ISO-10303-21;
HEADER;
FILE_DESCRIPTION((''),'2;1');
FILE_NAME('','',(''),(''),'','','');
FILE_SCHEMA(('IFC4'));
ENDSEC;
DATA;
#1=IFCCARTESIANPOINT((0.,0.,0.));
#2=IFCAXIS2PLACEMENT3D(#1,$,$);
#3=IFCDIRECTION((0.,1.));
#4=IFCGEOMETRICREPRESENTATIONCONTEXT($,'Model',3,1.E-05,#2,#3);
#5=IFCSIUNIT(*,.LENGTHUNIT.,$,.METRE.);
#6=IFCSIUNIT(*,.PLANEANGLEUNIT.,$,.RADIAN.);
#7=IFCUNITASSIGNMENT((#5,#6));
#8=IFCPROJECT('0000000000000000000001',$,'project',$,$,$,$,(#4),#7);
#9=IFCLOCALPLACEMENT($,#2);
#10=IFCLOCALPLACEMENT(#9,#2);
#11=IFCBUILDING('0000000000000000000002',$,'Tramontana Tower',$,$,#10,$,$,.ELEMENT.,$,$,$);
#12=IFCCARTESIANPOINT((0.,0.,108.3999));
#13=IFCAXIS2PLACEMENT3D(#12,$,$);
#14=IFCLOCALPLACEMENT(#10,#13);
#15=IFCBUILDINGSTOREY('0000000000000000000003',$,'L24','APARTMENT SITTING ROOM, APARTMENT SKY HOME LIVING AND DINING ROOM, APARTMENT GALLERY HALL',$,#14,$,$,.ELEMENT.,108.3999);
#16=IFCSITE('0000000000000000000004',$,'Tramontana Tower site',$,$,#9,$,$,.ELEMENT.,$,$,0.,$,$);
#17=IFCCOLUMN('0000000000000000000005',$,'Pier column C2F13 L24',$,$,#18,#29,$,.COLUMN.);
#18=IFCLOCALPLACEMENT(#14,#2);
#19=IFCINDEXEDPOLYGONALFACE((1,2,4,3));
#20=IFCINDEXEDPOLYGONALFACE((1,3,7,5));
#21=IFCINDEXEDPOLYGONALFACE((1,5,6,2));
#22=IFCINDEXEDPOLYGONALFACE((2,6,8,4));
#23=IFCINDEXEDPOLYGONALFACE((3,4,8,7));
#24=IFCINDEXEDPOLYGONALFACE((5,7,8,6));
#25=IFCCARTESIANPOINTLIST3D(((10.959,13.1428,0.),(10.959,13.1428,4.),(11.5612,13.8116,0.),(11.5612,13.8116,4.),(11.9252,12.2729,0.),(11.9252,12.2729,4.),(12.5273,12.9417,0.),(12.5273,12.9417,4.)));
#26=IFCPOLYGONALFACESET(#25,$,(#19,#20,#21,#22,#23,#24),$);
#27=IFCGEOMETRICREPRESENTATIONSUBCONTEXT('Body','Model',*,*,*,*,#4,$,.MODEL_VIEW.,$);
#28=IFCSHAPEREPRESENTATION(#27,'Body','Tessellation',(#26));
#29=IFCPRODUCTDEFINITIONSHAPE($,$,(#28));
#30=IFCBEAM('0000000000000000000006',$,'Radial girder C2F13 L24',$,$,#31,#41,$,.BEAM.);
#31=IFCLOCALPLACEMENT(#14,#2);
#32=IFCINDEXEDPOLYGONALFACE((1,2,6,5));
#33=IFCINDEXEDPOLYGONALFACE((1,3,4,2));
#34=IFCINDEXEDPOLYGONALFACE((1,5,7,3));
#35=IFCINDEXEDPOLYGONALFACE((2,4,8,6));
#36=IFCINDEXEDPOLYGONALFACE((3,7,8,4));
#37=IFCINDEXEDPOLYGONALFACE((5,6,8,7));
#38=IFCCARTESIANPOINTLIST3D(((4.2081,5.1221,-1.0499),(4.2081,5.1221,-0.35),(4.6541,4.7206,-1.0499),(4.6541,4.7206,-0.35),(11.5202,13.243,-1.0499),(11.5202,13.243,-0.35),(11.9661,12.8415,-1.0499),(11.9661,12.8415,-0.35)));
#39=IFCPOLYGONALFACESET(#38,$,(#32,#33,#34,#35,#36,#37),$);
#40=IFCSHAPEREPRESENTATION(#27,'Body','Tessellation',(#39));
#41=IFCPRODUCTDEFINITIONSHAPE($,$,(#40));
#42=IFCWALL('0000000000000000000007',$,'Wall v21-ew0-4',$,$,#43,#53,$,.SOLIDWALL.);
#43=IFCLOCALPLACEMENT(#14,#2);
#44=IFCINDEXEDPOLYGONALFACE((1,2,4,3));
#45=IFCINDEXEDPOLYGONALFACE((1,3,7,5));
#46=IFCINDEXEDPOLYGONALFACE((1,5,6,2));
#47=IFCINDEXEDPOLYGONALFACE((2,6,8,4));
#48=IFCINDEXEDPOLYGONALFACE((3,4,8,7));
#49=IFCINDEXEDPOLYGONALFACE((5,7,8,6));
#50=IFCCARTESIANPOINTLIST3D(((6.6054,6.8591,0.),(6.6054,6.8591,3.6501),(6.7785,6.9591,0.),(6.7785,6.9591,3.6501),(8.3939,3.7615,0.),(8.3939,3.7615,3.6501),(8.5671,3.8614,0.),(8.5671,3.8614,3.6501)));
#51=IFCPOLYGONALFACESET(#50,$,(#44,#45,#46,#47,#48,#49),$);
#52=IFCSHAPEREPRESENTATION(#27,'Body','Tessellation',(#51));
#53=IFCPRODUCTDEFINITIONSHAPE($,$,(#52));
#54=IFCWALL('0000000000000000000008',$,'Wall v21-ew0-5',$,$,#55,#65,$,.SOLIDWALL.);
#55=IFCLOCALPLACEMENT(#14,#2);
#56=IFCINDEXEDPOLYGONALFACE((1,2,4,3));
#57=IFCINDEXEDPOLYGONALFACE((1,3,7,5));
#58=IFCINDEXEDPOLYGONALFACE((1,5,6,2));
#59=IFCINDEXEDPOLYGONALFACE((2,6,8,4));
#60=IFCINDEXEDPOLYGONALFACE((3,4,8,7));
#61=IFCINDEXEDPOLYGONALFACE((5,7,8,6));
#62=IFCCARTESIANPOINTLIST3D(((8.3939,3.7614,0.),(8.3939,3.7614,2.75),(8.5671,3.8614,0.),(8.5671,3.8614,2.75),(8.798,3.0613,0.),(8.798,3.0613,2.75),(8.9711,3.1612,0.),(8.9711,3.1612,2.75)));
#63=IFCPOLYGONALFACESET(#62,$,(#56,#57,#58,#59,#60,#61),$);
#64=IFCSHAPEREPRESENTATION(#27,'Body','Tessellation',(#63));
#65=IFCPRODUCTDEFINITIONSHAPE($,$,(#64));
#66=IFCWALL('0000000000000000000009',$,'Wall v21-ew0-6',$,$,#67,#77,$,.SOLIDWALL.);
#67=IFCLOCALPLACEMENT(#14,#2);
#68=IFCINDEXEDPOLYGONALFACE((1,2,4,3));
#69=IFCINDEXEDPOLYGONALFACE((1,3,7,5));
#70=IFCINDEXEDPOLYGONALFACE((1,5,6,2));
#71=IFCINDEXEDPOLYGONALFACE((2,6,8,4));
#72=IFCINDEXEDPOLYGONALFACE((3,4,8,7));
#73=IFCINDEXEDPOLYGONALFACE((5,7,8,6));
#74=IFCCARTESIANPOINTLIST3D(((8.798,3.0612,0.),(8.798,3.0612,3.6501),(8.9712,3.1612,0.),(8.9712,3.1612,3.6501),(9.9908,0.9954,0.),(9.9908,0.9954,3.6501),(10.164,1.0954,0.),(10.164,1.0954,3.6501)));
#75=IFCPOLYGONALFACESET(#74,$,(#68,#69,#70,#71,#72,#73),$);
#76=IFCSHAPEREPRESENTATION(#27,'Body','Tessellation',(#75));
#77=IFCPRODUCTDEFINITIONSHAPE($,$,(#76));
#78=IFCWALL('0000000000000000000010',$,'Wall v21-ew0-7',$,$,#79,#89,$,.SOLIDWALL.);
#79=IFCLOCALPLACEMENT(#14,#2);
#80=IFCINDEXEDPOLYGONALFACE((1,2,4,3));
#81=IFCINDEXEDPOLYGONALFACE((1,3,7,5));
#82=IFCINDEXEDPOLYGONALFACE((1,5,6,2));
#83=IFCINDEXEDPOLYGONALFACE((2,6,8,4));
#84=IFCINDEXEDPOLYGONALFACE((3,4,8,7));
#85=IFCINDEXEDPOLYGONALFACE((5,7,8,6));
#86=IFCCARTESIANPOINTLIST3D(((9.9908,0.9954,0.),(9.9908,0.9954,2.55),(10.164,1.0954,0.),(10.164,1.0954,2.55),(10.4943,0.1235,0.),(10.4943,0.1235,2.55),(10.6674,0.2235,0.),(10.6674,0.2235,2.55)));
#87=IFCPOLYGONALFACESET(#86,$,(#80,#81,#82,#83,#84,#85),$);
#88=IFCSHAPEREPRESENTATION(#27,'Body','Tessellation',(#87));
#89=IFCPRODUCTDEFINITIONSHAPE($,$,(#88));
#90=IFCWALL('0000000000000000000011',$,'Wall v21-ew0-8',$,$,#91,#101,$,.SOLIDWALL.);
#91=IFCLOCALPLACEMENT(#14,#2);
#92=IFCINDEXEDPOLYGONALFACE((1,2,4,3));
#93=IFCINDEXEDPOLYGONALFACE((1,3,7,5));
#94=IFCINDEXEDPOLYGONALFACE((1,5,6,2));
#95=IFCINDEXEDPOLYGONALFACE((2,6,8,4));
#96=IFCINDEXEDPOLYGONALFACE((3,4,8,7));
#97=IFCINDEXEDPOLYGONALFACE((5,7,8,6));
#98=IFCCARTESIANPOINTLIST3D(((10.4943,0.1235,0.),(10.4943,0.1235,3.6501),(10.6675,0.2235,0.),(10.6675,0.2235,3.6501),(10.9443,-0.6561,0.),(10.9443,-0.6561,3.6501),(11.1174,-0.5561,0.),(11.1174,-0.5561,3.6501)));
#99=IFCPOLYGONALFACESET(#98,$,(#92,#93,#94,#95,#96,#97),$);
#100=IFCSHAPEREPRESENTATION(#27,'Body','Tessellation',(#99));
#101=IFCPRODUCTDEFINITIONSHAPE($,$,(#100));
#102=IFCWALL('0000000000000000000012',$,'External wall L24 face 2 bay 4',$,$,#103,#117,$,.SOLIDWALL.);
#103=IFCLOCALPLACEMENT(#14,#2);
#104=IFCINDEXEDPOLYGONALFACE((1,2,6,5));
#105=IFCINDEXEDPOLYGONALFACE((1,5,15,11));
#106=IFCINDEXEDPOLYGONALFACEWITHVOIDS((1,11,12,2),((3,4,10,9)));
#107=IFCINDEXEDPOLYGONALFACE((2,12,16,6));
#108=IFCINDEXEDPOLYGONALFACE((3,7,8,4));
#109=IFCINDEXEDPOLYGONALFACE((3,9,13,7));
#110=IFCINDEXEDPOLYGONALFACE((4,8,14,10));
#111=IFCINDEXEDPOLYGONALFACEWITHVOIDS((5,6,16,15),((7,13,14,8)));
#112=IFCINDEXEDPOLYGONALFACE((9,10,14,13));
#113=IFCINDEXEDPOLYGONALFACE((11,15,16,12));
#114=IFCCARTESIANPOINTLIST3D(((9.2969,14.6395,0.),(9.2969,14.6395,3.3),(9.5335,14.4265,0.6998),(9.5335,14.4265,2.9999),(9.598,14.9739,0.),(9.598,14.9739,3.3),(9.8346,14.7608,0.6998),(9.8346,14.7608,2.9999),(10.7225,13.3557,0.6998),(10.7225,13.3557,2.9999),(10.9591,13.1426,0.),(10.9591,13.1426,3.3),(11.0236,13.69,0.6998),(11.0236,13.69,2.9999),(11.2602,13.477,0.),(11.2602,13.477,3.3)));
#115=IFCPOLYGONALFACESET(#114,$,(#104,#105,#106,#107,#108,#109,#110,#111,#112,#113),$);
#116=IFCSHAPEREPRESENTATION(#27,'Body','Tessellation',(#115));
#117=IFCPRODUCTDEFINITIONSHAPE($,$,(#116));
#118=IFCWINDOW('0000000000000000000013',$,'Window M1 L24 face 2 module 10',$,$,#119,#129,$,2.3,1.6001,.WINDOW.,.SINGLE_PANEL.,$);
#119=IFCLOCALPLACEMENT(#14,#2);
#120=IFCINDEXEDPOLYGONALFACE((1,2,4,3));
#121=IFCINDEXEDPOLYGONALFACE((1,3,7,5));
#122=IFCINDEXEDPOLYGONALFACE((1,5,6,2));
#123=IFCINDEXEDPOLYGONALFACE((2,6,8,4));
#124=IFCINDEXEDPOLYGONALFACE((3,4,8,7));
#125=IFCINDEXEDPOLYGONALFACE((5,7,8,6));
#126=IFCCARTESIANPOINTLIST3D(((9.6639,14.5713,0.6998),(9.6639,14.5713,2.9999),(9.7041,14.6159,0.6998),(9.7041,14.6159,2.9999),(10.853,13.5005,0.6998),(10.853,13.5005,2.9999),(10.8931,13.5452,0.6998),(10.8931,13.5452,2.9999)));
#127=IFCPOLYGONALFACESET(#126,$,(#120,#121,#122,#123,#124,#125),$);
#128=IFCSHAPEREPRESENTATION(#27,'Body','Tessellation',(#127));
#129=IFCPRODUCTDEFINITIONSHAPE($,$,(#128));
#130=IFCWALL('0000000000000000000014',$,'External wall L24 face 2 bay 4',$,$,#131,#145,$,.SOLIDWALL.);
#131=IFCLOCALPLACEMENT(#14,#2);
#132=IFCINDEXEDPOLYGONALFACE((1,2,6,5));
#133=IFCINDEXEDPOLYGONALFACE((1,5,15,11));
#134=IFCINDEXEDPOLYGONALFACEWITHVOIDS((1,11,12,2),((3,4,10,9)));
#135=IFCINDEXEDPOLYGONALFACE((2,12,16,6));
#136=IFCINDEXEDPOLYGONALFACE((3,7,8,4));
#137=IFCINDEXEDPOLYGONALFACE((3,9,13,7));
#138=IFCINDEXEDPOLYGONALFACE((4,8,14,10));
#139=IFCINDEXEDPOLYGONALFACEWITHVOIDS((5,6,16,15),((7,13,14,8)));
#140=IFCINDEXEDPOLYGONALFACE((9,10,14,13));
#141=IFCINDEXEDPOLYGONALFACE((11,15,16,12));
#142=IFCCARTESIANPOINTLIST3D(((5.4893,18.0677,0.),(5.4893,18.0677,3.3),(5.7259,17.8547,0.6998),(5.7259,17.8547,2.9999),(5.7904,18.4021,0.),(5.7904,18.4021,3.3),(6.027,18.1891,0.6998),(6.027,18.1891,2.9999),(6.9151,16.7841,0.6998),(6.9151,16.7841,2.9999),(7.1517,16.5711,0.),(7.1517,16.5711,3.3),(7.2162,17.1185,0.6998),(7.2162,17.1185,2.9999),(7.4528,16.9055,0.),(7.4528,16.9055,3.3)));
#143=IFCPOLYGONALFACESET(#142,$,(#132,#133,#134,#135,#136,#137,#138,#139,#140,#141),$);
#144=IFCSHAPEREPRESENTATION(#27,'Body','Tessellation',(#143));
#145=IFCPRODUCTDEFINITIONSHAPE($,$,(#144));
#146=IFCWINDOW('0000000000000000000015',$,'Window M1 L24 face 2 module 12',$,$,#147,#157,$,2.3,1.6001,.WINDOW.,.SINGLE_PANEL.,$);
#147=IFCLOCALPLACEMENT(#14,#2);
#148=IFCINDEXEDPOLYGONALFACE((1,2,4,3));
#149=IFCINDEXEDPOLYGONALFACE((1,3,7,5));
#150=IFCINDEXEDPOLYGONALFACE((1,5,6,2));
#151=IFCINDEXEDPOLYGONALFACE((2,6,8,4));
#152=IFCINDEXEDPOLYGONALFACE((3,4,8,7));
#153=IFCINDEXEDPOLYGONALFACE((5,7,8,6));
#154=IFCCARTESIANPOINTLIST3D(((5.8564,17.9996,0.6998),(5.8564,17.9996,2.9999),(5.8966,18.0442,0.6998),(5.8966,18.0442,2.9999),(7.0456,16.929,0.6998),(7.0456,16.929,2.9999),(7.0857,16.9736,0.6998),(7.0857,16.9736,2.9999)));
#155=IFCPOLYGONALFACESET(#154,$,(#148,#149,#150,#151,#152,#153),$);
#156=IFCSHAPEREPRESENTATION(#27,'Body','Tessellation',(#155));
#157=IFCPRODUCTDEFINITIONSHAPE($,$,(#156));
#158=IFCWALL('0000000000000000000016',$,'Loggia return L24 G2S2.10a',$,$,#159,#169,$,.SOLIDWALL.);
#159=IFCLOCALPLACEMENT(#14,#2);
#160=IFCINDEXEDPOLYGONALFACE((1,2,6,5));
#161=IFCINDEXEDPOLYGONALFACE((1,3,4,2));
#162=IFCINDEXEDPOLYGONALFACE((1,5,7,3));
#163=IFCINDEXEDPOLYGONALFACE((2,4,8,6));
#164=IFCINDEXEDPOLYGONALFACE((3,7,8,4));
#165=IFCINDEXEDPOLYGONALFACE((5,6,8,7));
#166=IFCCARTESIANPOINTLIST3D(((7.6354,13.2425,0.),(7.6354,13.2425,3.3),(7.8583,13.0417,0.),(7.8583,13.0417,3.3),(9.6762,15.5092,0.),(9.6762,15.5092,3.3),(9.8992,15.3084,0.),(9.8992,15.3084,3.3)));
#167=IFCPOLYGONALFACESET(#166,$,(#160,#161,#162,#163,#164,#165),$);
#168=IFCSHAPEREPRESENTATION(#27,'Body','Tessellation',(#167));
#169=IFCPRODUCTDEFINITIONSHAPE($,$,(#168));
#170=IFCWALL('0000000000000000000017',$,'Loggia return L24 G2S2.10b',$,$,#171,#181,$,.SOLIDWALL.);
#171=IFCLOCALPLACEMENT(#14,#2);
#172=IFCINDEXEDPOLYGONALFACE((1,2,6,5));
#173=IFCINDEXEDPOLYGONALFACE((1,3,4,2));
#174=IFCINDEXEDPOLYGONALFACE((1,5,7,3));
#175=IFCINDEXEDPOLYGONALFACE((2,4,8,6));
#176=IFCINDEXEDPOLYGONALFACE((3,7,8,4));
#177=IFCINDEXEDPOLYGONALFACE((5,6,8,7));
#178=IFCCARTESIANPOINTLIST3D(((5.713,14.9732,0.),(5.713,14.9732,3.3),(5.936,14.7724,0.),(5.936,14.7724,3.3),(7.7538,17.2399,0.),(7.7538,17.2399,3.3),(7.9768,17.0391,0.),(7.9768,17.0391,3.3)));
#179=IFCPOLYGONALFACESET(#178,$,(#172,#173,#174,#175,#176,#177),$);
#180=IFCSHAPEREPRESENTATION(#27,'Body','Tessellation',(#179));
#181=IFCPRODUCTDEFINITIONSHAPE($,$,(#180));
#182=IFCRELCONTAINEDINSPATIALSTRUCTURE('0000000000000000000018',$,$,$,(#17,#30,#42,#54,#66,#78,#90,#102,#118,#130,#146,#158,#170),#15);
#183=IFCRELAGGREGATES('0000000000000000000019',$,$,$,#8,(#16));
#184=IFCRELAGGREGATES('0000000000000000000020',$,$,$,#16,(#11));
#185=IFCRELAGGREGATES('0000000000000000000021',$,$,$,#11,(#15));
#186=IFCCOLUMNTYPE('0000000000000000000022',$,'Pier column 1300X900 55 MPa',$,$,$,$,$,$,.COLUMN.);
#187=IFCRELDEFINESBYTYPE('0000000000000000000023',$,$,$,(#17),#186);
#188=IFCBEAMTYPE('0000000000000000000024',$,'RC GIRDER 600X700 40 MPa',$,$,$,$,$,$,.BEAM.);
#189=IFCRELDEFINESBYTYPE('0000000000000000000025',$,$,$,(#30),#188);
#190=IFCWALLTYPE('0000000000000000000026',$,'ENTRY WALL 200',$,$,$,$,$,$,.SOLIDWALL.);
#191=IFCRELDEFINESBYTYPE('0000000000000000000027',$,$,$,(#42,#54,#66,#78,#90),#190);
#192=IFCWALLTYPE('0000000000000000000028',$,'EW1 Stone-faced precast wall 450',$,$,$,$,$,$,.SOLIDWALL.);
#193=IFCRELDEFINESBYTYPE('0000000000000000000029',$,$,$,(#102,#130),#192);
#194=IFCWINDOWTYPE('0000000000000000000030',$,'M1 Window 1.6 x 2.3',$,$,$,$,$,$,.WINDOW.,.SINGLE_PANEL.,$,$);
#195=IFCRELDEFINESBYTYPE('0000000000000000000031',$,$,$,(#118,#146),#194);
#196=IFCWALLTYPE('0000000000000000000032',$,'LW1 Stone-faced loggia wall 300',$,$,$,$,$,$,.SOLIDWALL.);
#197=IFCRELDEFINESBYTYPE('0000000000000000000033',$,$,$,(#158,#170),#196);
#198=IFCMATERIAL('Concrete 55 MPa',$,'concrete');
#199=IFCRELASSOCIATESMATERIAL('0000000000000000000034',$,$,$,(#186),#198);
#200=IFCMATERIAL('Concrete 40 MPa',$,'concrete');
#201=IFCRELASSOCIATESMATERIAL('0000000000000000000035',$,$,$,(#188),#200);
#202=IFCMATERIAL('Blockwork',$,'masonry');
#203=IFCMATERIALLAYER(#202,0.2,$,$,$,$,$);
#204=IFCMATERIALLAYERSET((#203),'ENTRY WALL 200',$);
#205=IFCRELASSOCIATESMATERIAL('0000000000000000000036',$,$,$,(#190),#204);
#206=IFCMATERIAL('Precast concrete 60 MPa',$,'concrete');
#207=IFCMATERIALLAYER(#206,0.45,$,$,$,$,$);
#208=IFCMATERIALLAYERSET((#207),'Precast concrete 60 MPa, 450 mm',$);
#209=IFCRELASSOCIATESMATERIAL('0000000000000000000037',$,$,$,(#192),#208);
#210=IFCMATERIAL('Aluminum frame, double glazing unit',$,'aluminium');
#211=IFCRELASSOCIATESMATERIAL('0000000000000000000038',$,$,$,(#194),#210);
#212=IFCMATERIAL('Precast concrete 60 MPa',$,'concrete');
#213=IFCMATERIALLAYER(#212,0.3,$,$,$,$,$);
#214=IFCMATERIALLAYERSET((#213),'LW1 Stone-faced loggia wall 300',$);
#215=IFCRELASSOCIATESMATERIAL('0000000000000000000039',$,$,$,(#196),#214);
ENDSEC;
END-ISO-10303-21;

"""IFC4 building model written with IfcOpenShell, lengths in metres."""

from ifc_helpers import new_model, si_unit, direction, frame, frame_2d, origin, origin_2d, place, context, subcontext, project, spatial, rectangle, extrude, material, layer, layer_set, material_profile, profile_set, type_object, element, fill, save


model = new_model("IFC4")

# Units and contexts
model_context = context("Model", 3, precision=1e-05, world=origin(), true_north=direction((0.0, 1.0)))
body_context = subcontext(model_context, "Body", "Model", "MODEL_VIEW")
ifc_project = project(units=[si_unit("LENGTHUNIT", "METRE"), si_unit("PLANEANGLEUNIT", "RADIAN")], contexts=[model_context])

# Site, building, storey
site_placement = place(None, origin())
site = spatial("IfcSite", under=ifc_project, at=site_placement, Name="Tramontana Tower site", CompositionType="ELEMENT", RefElevation=0.0)
building_placement = place(site_placement, origin())
building = spatial("IfcBuilding", under=site, at=building_placement, Name="Tramontana Tower", CompositionType="ELEMENT")
storey_placement = place(building_placement, frame((0.0, 0.0, 108.3999)))
storey = spatial("IfcBuildingStorey", under=building, at=storey_placement, Name="L24", Description="APARTMENT SITTING ROOM, APARTMENT SKY HOME LIVING AND DINING ROOM, APARTMENT GALLERY HALL", CompositionType="ELEMENT", Elevation=108.3999)

# Column
ifc_material_1 = material(Name="Concrete 55 MPa", Category="concrete")
ifc_material_profile_1 = material_profile(ifc_material_1, rectangle(XDim=1.3, YDim=0.8999, at=origin_2d()), Name="Pier column 1300X900 55 MPa")
ifc_profile_set_1 = profile_set([ifc_material_profile_1], Name="Concrete 55 MPa")
column_type = type_object("IfcColumnType", Name="Pier column 1300X900 55 MPa", PredefinedType="COLUMN", material=ifc_profile_set_1)
column_placement = place(storey_placement, frame((11.7432, 13.0422, 0.0), z_axis=(0.0, 0.0, 1.0), x_axis=(-0.743145, 0.669131, 0.0)))
element("IfcColumn", 1, at=column_placement, inside=storey, type_object=column_type, Name="Pier column C2F13 L24", PredefinedType="COLUMN", context=body_context, shape_type="SweptSolid", body=[
    extrude(rectangle(XDim=1.3, YDim=0.8999, at=origin_2d()), origin(), (0.0, 0.0, 1.0), 4.0),
])

# Beam
ifc_material_2 = material(Name="Concrete 40 MPa", Category="concrete")
ifc_material_profile_2 = material_profile(ifc_material_2, rectangle(XDim=0.6001, YDim=0.7, at=origin_2d()), Name="RC GIRDER 600X700 40 MPa")
ifc_profile_set_2 = profile_set([ifc_material_profile_2], Name="Concrete 40 MPa")
beam_type = type_object("IfcBeamType", Name="RC GIRDER 600X700 40 MPa", PredefinedType="BEAM", material=ifc_profile_set_2)
beam_placement = place(storey_placement, frame((11.7432, 13.0422, -0.7), z_axis=(-0.669129, -0.743146, 0.0), x_axis=(0.743146, -0.669129, 0.0)))
element("IfcBeam", 2, at=beam_placement, inside=storey, type_object=beam_type, Name="Radial girder C2F13 L24", PredefinedType="BEAM", context=body_context, shape_type="SweptSolid", body=[
    extrude(rectangle(XDim=0.6001, YDim=0.7, at=origin_2d()), origin(), (0.0, 0.0, 1.0), 10.9277),
])

# Walls
ifc_material_3 = material(Name="Blockwork", Category="masonry")
ifc_layer_1 = layer(ifc_material_3, 0.2)
ifc_layer_set_1 = layer_set([ifc_layer_1], Name="ENTRY WALL 200")
wall_type_1 = type_object("IfcWallType", Name="ENTRY WALL 200", PredefinedType="SOLIDWALL", material=ifc_layer_set_1)
wall_1_placement = place(storey_placement, frame((6.6919, 6.9092, 0.0), z_axis=(0.0, 0.0, 1.0), x_axis=(0.50003, -0.866008, 0.0)))
element("IfcWall", 3, at=wall_1_placement, inside=storey, type_object=wall_type_1, Name="Wall v21-ew0-4", PredefinedType="SOLIDWALL", context=body_context, shape_type="SweptSolid", body=[
    extrude(rectangle(XDim=3.5769, YDim=0.2, at=frame_2d((1.7886, 0.0))), origin(), (0.0, 0.0, 1.0), 3.6501),
])
wall_2_placement = place(storey_placement, frame((8.4805, 3.8115, 0.0), z_axis=(0.0, 0.0, 1.0), x_axis=(0.49981, -0.866135, 0.0)))
element("IfcWall", 4, at=wall_2_placement, inside=storey, type_object=wall_type_1, Name="Wall v21-ew0-5", PredefinedType="SOLIDWALL", context=body_context, shape_type="SweptSolid", body=[
    extrude(rectangle(XDim=0.8083, YDim=0.2, at=frame_2d((0.4043, 0.0))), origin(), (0.0, 0.0, 1.0), 2.75),
])
wall_3_placement = place(storey_placement, frame((8.8845, 3.1113, 0.0), z_axis=(0.0, 0.0, 1.0), x_axis=(0.500035, -0.866005, 0.0)))
element("IfcWall", 5, at=wall_3_placement, inside=storey, type_object=wall_type_1, Name="Wall v21-ew0-6", PredefinedType="SOLIDWALL", context=body_context, shape_type="SweptSolid", body=[
    extrude(rectangle(XDim=2.3855, YDim=0.2, at=frame_2d((1.1929, 0.0))), origin(), (0.0, 0.0, 1.0), 3.6501),
])
wall_4_placement = place(storey_placement, frame((10.0774, 1.0454, 0.0), z_axis=(0.0, 0.0, 1.0), x_axis=(0.500051, -0.865996, 0.0)))
element("IfcWall", 6, at=wall_4_placement, inside=storey, type_object=wall_type_1, Name="Wall v21-ew0-7", PredefinedType="SOLIDWALL", context=body_context, shape_type="SweptSolid", body=[
    extrude(rectangle(XDim=1.0068, YDim=0.2, at=frame_2d((0.5034, 0.0))), origin(), (0.0, 0.0, 1.0), 2.55),
])
wall_5_placement = place(storey_placement, frame((10.5808, 0.1736, 0.0), z_axis=(0.0, 0.0, 1.0), x_axis=(0.499902, -0.866082, 0.0)))
element("IfcWall", 7, at=wall_5_placement, inside=storey, type_object=wall_type_1, Name="Wall v21-ew0-8", PredefinedType="SOLIDWALL", context=body_context, shape_type="SweptSolid", body=[
    extrude(rectangle(XDim=0.9001, YDim=0.2, at=frame_2d((0.4502, 0.0))), origin(), (0.0, 0.0, 1.0), 3.6501),
])

# Walls, openings, windows
ifc_material_4 = material(Name="Precast concrete 60 MPa", Category="concrete")
ifc_layer_2 = layer(ifc_material_4, 0.45)
ifc_layer_set_2 = layer_set([ifc_layer_2], Name="Precast concrete 60 MPa, 450 mm")
wall_type_2 = type_object("IfcWallType", Name="EW1 Stone-faced precast wall 450", PredefinedType="SOLIDWALL", material=ifc_layer_set_2)
wall_6_placement = place(storey_placement, frame((11.1096, 13.3098, 0.0), z_axis=(0.0, 0.0, 1.0), x_axis=(-0.743088, 0.669194, 0.0)))
wall_6 = element("IfcWall", 8, at=wall_6_placement, inside=storey, type_object=wall_type_2, Name="External wall L24 face 2 bay 4", PredefinedType="SOLIDWALL", context=body_context, shape_type="SweptSolid", body=[
    extrude(rectangle(XDim=2.2368, YDim=0.45, at=frame_2d((1.1184, 0.0))), origin(), (0.0, 0.0, 1.0), 3.3),
])
opening_1_placement = place(wall_6_placement, frame((0.3184, 0.0, 0.7)))
opening_1 = element("IfcOpeningElement", 9, at=opening_1_placement, cuts=wall_6, PredefinedType="OPENING", context=body_context, shape_type="SweptSolid", body=[
    extrude(rectangle(XDim=1.6001, YDim=2.3, at=frame_2d((0.8, 1.1499))), frame((0.0, 0.2349, 0.0), z_axis=(0.0, -1.0, 0.0), x_axis=(1.0, 0.0, 0.0)), (0.0, 0.0, 1.0), 0.47),
])
ifc_material_5 = material(Name="Aluminum frame, double glazing unit", Category="aluminium")
window_type = type_object("IfcWindowType", Name="M1 Window 1.6 x 2.3", PartitioningType="SINGLE_PANEL", PredefinedType="WINDOW", material=ifc_material_5)
window_1_placement = place(opening_1_placement, origin())
window_1 = element("IfcWindow", 10, at=window_1_placement, inside=storey, type_object=window_type, Name="Window M1 L24 face 2 module 10", OverallHeight=2.3, OverallWidth=1.6001, PartitioningType="SINGLE_PANEL", PredefinedType="WINDOW", context=body_context, shape_type="SweptSolid", body=[
    extrude(rectangle(XDim=1.6001, YDim=2.3, at=frame_2d((0.8, 1.1499))), frame((0.0, 0.03, 0.0), z_axis=(0.0, -1.0, 0.0), x_axis=(1.0, 0.0, 0.0)), (0.0, 0.0, 1.0), 0.0601),
])
fill(opening_1, window_1)
wall_7_placement = place(storey_placement, frame((7.3022, 16.7383, 0.0), z_axis=(0.0, 0.0, 1.0), x_axis=(-0.743191, 0.669079, 0.0)))
wall_7 = element("IfcWall", 11, at=wall_7_placement, inside=storey, type_object=wall_type_2, Name="External wall L24 face 2 bay 4", PredefinedType="SOLIDWALL", context=body_context, shape_type="SweptSolid", body=[
    extrude(rectangle(XDim=2.2368, YDim=0.45, at=frame_2d((1.1184, 0.0))), origin(), (0.0, 0.0, 1.0), 3.3),
])
opening_2_placement = place(wall_7_placement, frame((0.3184, 0.0, 0.7)))
opening_2 = element("IfcOpeningElement", 12, at=opening_2_placement, cuts=wall_7, PredefinedType="OPENING", context=body_context, shape_type="SweptSolid", body=[
    extrude(rectangle(XDim=1.6001, YDim=2.3, at=frame_2d((0.8, 1.1499))), frame((0.0, 0.2349, 0.0), z_axis=(0.0, -1.0, 0.0), x_axis=(1.0, 0.0, 0.0)), (0.0, 0.0, 1.0), 0.47),
])
window_2_placement = place(opening_2_placement, origin())
window_2 = element("IfcWindow", 13, at=window_2_placement, inside=storey, type_object=window_type, Name="Window M1 L24 face 2 module 12", OverallHeight=2.3, OverallWidth=1.6001, PartitioningType="SINGLE_PANEL", PredefinedType="WINDOW", context=body_context, shape_type="SweptSolid", body=[
    extrude(rectangle(XDim=1.6001, YDim=2.3, at=frame_2d((0.8, 1.1499))), frame((0.0, 0.03, 0.0), z_axis=(0.0, -1.0, 0.0), x_axis=(1.0, 0.0, 0.0)), (0.0, 0.0, 1.0), 0.0601),
])
fill(opening_2, window_2)

# Shared definitions
ifc_material_6 = material(Name="Precast concrete 60 MPa", Category="concrete")
ifc_layer_3 = layer(ifc_material_6, 0.3)
ifc_layer_set_3 = layer_set([ifc_layer_3], Name="LW1 Stone-faced loggia wall 300")
wall_type_3 = type_object("IfcWallType", Name="LW1 Stone-faced loggia wall 300", PredefinedType="SOLIDWALL", material=ifc_layer_set_3)

# Walls
for number, where, z_axis, x_axis, name in (
    (14, (9.7876, 15.4087, 0.0), (0.0, 0.0, 1.0), (-0.669115, -0.743159, 0.0), "Loggia return L24 G2S2.10a"),
    (15, (7.8652, 17.1394, 0.0), (0.0, 0.0, 1.0), (-0.669115, -0.743159, 0.0), "Loggia return L24 G2S2.10b"),
):
    element("IfcWall", number, at=place(storey_placement, frame(where, z_axis=z_axis, x_axis=x_axis)), inside=storey, type_object=wall_type_3, Name=name, PredefinedType="SOLIDWALL", context=body_context, shape_type="SweptSolid", body=[
        extrude(rectangle(XDim=3.05, YDim=0.3, at=frame_2d((1.5249, 0.0))), origin(), (0.0, 0.0, 1.0), 3.3),
    ])

save(model, "model.ifc")
